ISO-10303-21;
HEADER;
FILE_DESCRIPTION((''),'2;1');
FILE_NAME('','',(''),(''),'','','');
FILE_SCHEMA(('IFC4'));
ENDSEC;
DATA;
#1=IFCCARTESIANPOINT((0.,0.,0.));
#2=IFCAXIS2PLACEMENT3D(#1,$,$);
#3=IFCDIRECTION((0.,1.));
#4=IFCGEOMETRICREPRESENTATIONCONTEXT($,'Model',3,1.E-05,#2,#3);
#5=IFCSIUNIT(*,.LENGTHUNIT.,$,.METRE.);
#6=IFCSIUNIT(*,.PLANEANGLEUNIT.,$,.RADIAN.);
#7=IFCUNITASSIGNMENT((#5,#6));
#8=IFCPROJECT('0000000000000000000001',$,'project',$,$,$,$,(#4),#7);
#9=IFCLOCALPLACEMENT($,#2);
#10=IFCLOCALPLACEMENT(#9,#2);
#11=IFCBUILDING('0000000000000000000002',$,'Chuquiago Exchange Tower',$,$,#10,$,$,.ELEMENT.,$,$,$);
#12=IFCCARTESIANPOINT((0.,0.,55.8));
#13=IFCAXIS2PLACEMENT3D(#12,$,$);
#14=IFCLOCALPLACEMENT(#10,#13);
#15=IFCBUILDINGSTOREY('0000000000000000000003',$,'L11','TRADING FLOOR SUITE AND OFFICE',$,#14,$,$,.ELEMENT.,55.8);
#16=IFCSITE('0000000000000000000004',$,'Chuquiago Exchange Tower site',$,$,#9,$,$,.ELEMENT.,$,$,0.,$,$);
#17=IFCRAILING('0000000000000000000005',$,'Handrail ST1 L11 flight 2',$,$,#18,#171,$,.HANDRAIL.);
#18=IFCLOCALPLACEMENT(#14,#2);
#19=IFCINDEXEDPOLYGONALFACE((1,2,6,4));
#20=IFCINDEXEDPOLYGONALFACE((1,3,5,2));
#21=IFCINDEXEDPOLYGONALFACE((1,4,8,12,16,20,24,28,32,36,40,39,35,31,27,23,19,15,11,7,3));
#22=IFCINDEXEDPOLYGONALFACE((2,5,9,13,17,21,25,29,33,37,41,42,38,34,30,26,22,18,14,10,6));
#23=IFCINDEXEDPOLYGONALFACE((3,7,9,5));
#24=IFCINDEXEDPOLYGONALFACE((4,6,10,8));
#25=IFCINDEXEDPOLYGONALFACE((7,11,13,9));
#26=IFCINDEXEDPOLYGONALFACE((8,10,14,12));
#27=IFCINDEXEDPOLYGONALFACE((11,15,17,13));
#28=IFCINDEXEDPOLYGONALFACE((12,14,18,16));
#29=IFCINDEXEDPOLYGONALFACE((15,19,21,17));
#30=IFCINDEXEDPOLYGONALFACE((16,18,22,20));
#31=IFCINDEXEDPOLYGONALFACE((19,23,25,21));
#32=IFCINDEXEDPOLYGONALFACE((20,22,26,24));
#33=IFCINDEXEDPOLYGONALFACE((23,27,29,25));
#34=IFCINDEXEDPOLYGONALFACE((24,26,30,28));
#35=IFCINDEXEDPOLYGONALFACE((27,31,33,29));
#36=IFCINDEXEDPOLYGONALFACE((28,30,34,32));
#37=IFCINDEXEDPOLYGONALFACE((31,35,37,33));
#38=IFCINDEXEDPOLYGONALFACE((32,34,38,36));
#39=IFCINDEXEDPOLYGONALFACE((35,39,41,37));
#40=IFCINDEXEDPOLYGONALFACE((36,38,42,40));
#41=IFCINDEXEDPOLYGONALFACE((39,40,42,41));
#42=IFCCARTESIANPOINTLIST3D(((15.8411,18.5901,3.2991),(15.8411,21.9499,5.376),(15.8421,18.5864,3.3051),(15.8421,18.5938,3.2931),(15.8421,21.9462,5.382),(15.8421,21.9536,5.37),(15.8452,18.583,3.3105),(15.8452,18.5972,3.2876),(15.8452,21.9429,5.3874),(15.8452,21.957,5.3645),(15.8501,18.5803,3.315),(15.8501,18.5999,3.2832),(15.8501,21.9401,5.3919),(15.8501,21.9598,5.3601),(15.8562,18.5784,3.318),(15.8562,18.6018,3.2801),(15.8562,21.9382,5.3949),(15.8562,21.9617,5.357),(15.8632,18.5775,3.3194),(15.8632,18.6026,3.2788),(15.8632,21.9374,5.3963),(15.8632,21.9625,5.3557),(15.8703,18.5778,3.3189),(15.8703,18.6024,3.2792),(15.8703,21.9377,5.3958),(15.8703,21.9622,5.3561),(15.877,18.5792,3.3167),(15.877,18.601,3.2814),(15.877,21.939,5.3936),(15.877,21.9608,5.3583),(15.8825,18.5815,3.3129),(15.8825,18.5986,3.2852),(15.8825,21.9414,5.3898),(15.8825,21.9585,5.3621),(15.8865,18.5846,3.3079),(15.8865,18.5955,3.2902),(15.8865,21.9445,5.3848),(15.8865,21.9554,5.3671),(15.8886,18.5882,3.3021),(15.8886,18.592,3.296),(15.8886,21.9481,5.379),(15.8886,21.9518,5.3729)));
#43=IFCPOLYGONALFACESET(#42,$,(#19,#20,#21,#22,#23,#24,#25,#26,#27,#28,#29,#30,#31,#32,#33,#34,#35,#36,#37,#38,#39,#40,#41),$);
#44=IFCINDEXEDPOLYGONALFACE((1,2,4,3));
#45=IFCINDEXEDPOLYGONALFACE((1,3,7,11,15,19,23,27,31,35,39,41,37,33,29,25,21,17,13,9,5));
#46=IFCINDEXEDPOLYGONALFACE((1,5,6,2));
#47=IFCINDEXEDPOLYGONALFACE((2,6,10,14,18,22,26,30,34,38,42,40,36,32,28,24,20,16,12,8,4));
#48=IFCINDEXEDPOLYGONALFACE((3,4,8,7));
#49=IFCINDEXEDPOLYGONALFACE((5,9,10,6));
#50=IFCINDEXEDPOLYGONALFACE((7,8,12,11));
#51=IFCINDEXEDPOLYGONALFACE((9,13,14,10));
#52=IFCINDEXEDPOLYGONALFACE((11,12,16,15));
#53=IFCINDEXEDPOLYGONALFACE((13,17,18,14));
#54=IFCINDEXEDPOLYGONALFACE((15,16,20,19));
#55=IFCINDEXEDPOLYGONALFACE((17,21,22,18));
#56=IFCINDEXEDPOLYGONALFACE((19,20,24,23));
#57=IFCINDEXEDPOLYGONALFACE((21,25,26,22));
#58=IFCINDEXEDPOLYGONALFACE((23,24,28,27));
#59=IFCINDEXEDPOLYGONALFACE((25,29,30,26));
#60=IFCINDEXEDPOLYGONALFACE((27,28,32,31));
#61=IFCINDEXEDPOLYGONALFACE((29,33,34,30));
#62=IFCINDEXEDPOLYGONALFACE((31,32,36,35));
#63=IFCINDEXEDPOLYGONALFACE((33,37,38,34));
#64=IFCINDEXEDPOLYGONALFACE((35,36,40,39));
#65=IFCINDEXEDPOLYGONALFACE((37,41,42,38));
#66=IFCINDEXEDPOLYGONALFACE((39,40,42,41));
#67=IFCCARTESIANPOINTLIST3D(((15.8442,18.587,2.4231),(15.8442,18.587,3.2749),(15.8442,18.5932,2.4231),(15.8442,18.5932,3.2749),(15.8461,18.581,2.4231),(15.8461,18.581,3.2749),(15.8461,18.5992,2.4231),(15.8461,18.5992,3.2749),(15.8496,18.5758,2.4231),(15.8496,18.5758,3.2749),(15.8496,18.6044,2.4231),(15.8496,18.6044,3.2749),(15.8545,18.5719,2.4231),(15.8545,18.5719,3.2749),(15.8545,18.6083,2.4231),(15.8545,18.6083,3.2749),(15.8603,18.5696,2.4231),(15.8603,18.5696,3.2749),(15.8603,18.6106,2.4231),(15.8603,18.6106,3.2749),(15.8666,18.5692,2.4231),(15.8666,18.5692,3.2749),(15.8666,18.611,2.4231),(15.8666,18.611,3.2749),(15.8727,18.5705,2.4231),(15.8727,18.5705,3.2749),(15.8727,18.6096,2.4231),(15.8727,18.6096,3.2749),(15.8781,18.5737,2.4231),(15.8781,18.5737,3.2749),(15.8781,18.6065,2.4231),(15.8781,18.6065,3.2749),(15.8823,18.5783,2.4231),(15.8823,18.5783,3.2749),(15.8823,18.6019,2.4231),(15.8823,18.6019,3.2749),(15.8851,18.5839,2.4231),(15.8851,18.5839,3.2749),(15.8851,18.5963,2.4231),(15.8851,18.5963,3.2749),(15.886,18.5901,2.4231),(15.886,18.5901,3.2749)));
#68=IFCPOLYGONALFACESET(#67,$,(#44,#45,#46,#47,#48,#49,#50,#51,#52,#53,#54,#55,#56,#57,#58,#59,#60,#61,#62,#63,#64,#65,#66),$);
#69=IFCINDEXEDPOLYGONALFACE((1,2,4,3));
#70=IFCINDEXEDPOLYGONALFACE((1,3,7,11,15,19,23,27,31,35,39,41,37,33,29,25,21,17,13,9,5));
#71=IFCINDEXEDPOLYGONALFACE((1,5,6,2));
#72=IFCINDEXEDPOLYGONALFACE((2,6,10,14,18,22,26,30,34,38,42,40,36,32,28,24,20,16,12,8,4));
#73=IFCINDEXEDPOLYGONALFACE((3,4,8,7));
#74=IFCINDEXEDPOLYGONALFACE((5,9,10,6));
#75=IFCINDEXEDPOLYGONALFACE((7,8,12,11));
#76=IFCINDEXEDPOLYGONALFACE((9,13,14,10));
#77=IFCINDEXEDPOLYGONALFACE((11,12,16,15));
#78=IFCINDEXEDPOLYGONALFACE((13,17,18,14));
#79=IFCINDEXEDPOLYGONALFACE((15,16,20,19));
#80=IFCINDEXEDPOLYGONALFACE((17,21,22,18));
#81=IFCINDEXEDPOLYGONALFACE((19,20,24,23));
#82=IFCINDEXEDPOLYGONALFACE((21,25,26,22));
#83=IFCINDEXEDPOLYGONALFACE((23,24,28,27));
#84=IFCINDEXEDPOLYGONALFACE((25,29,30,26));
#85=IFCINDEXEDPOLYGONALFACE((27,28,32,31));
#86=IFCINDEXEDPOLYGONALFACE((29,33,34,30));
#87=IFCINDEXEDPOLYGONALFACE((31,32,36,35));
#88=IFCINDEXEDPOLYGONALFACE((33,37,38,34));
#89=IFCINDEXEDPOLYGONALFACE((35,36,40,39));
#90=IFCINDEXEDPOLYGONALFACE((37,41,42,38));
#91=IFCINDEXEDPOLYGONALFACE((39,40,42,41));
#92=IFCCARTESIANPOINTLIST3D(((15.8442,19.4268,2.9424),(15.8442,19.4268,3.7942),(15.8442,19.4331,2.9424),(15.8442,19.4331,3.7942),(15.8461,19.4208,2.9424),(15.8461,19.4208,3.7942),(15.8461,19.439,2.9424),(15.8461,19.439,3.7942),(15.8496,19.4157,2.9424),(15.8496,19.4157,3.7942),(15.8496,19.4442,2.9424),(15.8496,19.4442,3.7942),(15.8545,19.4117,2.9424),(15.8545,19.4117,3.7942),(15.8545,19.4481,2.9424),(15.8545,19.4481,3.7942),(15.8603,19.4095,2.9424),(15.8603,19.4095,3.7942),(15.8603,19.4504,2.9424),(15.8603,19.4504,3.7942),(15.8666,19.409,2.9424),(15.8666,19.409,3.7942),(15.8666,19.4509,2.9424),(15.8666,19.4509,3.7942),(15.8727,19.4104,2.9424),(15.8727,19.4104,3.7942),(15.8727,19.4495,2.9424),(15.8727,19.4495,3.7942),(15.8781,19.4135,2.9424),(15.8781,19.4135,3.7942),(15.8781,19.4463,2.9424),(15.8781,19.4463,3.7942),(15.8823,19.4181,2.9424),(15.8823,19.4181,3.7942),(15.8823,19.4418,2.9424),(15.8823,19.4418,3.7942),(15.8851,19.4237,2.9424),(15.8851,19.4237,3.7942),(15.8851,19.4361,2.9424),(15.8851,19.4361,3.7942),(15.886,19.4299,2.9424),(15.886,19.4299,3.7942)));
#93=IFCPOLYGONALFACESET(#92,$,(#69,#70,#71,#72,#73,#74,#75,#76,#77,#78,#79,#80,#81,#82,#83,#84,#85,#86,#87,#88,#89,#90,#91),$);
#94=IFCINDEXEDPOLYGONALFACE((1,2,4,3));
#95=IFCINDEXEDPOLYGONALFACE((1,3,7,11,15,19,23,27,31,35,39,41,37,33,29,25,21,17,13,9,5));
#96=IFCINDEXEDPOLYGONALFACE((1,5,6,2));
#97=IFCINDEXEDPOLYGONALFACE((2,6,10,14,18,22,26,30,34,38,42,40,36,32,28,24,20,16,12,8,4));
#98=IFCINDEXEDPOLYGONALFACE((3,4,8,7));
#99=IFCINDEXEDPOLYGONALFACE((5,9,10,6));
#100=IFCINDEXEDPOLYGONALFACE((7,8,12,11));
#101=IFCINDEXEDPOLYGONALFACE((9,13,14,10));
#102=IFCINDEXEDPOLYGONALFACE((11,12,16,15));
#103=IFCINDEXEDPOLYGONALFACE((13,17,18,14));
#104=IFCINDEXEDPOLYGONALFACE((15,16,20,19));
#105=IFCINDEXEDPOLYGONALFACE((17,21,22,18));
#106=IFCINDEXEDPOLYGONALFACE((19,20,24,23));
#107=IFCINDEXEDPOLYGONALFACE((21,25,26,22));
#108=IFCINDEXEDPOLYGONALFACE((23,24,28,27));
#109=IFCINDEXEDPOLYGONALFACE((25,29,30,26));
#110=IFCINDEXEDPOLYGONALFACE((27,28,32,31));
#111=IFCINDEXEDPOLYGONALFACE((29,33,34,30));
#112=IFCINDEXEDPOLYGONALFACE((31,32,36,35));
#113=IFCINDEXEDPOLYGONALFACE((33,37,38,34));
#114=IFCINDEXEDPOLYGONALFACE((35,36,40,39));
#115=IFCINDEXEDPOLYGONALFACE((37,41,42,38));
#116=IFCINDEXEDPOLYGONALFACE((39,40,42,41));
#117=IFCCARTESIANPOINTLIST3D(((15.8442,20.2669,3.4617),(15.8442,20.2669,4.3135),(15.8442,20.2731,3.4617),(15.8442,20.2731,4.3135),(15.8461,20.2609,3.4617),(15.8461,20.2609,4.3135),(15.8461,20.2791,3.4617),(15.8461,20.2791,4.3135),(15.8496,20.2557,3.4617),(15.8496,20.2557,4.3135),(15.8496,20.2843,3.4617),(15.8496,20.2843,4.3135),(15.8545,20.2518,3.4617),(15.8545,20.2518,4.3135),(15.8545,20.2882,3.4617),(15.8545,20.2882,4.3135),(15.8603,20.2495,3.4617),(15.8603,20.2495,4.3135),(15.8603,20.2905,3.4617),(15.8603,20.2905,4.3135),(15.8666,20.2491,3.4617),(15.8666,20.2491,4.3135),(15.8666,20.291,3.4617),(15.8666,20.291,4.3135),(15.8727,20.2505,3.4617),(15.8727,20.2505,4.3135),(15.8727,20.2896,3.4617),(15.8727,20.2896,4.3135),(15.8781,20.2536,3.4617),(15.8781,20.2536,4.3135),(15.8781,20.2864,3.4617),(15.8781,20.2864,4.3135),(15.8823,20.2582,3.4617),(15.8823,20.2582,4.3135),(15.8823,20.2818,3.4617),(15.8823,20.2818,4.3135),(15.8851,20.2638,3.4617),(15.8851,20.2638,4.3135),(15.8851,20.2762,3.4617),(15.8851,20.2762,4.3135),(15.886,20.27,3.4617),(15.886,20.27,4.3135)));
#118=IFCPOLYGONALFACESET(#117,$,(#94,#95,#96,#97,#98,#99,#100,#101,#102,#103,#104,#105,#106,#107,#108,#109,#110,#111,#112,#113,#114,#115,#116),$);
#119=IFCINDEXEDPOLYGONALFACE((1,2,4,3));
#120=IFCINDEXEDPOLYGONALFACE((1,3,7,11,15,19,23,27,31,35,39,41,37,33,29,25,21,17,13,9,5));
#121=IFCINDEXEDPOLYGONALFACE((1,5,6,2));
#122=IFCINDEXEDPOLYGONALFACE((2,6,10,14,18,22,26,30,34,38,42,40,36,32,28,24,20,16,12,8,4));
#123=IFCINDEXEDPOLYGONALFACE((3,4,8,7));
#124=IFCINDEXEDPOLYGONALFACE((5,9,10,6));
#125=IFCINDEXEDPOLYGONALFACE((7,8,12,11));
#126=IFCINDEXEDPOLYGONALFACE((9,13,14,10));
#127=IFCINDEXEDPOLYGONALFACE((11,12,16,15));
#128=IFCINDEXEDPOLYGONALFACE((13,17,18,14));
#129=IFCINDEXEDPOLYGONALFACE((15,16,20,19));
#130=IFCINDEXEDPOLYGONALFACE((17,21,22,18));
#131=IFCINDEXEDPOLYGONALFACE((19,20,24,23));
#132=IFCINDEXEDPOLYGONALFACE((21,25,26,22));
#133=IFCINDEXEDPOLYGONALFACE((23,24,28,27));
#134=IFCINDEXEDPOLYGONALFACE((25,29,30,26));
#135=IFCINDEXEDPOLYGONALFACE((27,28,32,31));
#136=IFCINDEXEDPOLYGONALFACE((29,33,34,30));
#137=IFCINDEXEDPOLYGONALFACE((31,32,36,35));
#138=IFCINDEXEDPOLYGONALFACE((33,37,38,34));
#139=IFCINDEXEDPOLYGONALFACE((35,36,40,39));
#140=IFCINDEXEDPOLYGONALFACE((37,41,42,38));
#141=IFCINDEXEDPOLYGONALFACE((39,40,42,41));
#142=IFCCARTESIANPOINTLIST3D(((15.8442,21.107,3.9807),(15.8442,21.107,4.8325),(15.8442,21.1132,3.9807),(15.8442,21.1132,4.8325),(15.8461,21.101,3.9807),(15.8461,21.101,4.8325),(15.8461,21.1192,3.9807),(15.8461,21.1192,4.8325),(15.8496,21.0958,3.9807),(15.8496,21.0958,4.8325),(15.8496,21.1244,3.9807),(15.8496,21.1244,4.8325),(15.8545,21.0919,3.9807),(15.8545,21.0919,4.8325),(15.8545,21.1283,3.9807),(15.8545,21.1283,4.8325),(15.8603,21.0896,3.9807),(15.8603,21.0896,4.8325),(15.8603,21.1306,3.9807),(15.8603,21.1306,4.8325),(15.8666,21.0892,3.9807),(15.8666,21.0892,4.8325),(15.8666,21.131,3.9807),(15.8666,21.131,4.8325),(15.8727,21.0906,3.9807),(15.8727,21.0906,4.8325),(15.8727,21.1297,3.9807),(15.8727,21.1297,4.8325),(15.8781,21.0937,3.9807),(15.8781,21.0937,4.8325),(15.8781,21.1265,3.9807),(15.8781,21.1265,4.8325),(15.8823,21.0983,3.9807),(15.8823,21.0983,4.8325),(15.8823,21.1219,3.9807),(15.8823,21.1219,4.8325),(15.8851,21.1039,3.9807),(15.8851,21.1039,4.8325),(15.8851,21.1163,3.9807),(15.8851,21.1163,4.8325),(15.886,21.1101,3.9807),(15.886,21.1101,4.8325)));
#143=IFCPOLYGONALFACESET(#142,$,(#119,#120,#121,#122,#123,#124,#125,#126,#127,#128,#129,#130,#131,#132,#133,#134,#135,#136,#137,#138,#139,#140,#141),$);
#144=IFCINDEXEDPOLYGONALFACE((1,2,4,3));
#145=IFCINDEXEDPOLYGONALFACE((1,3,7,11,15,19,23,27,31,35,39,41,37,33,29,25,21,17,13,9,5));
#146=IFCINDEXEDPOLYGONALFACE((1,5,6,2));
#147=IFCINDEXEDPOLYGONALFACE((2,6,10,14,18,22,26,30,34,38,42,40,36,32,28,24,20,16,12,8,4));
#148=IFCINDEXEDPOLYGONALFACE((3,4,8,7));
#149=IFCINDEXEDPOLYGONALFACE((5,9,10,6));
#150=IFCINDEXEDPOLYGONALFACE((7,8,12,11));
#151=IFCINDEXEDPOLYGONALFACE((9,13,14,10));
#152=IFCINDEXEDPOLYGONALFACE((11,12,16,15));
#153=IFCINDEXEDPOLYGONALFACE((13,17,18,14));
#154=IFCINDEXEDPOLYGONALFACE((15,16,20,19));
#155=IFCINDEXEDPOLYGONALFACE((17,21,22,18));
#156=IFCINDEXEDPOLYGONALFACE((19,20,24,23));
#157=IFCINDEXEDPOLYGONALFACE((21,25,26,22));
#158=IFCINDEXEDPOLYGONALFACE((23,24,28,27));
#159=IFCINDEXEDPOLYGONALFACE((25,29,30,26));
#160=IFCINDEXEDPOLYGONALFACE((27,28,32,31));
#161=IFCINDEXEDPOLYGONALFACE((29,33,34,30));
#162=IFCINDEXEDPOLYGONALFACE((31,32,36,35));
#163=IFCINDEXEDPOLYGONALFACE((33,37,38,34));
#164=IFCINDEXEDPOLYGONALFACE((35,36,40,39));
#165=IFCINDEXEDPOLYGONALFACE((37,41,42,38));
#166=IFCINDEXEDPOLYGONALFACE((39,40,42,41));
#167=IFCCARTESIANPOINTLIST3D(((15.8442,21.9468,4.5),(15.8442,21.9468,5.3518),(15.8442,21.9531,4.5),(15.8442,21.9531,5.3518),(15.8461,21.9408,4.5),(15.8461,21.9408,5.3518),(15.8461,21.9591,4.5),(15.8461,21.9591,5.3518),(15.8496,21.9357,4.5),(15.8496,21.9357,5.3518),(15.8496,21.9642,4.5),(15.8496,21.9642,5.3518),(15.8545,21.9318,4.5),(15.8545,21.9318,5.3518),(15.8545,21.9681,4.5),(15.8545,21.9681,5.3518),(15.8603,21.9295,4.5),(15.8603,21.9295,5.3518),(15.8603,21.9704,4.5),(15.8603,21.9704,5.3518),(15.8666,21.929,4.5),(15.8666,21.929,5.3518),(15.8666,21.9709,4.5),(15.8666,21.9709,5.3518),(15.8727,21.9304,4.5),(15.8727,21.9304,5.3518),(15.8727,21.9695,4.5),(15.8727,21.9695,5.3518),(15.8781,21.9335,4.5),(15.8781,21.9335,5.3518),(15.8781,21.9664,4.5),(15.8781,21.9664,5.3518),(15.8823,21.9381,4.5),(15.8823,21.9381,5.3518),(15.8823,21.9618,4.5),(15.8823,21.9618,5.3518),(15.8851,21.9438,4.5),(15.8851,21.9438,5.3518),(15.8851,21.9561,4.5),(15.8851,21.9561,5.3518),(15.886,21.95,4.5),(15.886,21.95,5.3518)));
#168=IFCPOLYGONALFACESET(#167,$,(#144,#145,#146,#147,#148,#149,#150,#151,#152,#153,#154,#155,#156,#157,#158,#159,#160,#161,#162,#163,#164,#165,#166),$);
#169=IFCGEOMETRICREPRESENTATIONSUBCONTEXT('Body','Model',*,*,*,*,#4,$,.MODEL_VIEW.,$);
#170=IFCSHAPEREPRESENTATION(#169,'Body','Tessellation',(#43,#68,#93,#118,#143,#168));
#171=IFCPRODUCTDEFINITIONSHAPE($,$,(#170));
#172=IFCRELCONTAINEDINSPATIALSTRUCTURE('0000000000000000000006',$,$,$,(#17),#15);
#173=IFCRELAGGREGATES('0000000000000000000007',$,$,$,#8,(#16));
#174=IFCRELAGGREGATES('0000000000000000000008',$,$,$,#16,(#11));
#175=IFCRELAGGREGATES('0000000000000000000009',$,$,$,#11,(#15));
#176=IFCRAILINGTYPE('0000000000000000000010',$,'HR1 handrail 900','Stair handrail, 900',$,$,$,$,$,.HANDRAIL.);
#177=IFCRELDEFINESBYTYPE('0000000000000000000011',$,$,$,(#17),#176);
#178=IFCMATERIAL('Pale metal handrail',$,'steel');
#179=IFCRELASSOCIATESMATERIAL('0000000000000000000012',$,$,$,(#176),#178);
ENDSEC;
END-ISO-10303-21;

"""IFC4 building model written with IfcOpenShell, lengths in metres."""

from ifc_helpers import new_model, si_unit, direction, frame, origin, origin_2d, place, context, subcontext, project, spatial, circle, extrude, material, type_object, element, save


model = new_model("IFC4")

# Units and contexts
model_context = context("Model", 3, precision=1e-05, world=origin(), true_north=direction((0.0, 1.0)))
body_context = subcontext(model_context, "Body", "Model", "MODEL_VIEW")
ifc_project = project(units=[si_unit("LENGTHUNIT", "METRE"), si_unit("PLANEANGLEUNIT", "RADIAN")], contexts=[model_context])

# Site, building, storey
site_placement = place(None, origin())
site = spatial("IfcSite", under=ifc_project, at=site_placement, Name="Chuquiago Exchange Tower site", CompositionType="ELEMENT", RefElevation=0.0)
building_placement = place(site_placement, origin())
building = spatial("IfcBuilding", under=site, at=building_placement, Name="Chuquiago Exchange Tower", CompositionType="ELEMENT")
storey_placement = place(building_placement, frame((0.0, 0.0, 55.8)))
storey = spatial("IfcBuildingStorey", under=building, at=storey_placement, Name="L11", Description="TRADING FLOOR SUITE AND OFFICE", CompositionType="ELEMENT", Elevation=55.8)

# Railing
ifc_material_1 = material(Name="Pale metal handrail", Category="steel")
railing_type_1 = type_object("IfcRailingType", Name="HR1 handrail 900", Description="Stair handrail, 900", PredefinedType="HANDRAIL", material=ifc_material_1)
for number, where, name in (
    (1, (15.865, 18.5901, 2.4231), "Handrail ST1 L11 flight 2"),
):
    element("IfcRailing", number, at=place(storey_placement, frame(where)), inside=storey, type_object=railing_type_1, Name=name, PredefinedType="HANDRAIL", context=body_context, shape_type="SweptSolid", body=[
        extrude(circle(Radius=0.0239, at=origin_2d()), frame((0.0, 0.0, 0.876), z_axis=(0.0, 0.850606, 0.525803), x_axis=(-1.0, 0.0, 0.0)), (0.0, 0.0, 1.0), 3.95),
        extrude(circle(Radius=0.021, at=origin_2d()), origin(), (0.0, 0.0, 1.0), 0.8518),
        extrude(circle(Radius=0.021, at=origin_2d()), frame((0.0, 0.8398, 0.5193)), (0.0, 0.0, 1.0), 0.8518),
        extrude(circle(Radius=0.021, at=origin_2d()), frame((0.0, 1.6799, 1.0386)), (0.0, 0.0, 1.0), 0.8518),
        extrude(circle(Radius=0.021, at=origin_2d()), frame((0.0, 2.52, 1.5576)), (0.0, 0.0, 1.0), 0.8518),
        extrude(circle(Radius=0.021, at=origin_2d()), frame((0.0, 3.3599, 2.0769)), (0.0, 0.0, 1.0), 0.8518),
    ])

save(model, "model.ifc")
